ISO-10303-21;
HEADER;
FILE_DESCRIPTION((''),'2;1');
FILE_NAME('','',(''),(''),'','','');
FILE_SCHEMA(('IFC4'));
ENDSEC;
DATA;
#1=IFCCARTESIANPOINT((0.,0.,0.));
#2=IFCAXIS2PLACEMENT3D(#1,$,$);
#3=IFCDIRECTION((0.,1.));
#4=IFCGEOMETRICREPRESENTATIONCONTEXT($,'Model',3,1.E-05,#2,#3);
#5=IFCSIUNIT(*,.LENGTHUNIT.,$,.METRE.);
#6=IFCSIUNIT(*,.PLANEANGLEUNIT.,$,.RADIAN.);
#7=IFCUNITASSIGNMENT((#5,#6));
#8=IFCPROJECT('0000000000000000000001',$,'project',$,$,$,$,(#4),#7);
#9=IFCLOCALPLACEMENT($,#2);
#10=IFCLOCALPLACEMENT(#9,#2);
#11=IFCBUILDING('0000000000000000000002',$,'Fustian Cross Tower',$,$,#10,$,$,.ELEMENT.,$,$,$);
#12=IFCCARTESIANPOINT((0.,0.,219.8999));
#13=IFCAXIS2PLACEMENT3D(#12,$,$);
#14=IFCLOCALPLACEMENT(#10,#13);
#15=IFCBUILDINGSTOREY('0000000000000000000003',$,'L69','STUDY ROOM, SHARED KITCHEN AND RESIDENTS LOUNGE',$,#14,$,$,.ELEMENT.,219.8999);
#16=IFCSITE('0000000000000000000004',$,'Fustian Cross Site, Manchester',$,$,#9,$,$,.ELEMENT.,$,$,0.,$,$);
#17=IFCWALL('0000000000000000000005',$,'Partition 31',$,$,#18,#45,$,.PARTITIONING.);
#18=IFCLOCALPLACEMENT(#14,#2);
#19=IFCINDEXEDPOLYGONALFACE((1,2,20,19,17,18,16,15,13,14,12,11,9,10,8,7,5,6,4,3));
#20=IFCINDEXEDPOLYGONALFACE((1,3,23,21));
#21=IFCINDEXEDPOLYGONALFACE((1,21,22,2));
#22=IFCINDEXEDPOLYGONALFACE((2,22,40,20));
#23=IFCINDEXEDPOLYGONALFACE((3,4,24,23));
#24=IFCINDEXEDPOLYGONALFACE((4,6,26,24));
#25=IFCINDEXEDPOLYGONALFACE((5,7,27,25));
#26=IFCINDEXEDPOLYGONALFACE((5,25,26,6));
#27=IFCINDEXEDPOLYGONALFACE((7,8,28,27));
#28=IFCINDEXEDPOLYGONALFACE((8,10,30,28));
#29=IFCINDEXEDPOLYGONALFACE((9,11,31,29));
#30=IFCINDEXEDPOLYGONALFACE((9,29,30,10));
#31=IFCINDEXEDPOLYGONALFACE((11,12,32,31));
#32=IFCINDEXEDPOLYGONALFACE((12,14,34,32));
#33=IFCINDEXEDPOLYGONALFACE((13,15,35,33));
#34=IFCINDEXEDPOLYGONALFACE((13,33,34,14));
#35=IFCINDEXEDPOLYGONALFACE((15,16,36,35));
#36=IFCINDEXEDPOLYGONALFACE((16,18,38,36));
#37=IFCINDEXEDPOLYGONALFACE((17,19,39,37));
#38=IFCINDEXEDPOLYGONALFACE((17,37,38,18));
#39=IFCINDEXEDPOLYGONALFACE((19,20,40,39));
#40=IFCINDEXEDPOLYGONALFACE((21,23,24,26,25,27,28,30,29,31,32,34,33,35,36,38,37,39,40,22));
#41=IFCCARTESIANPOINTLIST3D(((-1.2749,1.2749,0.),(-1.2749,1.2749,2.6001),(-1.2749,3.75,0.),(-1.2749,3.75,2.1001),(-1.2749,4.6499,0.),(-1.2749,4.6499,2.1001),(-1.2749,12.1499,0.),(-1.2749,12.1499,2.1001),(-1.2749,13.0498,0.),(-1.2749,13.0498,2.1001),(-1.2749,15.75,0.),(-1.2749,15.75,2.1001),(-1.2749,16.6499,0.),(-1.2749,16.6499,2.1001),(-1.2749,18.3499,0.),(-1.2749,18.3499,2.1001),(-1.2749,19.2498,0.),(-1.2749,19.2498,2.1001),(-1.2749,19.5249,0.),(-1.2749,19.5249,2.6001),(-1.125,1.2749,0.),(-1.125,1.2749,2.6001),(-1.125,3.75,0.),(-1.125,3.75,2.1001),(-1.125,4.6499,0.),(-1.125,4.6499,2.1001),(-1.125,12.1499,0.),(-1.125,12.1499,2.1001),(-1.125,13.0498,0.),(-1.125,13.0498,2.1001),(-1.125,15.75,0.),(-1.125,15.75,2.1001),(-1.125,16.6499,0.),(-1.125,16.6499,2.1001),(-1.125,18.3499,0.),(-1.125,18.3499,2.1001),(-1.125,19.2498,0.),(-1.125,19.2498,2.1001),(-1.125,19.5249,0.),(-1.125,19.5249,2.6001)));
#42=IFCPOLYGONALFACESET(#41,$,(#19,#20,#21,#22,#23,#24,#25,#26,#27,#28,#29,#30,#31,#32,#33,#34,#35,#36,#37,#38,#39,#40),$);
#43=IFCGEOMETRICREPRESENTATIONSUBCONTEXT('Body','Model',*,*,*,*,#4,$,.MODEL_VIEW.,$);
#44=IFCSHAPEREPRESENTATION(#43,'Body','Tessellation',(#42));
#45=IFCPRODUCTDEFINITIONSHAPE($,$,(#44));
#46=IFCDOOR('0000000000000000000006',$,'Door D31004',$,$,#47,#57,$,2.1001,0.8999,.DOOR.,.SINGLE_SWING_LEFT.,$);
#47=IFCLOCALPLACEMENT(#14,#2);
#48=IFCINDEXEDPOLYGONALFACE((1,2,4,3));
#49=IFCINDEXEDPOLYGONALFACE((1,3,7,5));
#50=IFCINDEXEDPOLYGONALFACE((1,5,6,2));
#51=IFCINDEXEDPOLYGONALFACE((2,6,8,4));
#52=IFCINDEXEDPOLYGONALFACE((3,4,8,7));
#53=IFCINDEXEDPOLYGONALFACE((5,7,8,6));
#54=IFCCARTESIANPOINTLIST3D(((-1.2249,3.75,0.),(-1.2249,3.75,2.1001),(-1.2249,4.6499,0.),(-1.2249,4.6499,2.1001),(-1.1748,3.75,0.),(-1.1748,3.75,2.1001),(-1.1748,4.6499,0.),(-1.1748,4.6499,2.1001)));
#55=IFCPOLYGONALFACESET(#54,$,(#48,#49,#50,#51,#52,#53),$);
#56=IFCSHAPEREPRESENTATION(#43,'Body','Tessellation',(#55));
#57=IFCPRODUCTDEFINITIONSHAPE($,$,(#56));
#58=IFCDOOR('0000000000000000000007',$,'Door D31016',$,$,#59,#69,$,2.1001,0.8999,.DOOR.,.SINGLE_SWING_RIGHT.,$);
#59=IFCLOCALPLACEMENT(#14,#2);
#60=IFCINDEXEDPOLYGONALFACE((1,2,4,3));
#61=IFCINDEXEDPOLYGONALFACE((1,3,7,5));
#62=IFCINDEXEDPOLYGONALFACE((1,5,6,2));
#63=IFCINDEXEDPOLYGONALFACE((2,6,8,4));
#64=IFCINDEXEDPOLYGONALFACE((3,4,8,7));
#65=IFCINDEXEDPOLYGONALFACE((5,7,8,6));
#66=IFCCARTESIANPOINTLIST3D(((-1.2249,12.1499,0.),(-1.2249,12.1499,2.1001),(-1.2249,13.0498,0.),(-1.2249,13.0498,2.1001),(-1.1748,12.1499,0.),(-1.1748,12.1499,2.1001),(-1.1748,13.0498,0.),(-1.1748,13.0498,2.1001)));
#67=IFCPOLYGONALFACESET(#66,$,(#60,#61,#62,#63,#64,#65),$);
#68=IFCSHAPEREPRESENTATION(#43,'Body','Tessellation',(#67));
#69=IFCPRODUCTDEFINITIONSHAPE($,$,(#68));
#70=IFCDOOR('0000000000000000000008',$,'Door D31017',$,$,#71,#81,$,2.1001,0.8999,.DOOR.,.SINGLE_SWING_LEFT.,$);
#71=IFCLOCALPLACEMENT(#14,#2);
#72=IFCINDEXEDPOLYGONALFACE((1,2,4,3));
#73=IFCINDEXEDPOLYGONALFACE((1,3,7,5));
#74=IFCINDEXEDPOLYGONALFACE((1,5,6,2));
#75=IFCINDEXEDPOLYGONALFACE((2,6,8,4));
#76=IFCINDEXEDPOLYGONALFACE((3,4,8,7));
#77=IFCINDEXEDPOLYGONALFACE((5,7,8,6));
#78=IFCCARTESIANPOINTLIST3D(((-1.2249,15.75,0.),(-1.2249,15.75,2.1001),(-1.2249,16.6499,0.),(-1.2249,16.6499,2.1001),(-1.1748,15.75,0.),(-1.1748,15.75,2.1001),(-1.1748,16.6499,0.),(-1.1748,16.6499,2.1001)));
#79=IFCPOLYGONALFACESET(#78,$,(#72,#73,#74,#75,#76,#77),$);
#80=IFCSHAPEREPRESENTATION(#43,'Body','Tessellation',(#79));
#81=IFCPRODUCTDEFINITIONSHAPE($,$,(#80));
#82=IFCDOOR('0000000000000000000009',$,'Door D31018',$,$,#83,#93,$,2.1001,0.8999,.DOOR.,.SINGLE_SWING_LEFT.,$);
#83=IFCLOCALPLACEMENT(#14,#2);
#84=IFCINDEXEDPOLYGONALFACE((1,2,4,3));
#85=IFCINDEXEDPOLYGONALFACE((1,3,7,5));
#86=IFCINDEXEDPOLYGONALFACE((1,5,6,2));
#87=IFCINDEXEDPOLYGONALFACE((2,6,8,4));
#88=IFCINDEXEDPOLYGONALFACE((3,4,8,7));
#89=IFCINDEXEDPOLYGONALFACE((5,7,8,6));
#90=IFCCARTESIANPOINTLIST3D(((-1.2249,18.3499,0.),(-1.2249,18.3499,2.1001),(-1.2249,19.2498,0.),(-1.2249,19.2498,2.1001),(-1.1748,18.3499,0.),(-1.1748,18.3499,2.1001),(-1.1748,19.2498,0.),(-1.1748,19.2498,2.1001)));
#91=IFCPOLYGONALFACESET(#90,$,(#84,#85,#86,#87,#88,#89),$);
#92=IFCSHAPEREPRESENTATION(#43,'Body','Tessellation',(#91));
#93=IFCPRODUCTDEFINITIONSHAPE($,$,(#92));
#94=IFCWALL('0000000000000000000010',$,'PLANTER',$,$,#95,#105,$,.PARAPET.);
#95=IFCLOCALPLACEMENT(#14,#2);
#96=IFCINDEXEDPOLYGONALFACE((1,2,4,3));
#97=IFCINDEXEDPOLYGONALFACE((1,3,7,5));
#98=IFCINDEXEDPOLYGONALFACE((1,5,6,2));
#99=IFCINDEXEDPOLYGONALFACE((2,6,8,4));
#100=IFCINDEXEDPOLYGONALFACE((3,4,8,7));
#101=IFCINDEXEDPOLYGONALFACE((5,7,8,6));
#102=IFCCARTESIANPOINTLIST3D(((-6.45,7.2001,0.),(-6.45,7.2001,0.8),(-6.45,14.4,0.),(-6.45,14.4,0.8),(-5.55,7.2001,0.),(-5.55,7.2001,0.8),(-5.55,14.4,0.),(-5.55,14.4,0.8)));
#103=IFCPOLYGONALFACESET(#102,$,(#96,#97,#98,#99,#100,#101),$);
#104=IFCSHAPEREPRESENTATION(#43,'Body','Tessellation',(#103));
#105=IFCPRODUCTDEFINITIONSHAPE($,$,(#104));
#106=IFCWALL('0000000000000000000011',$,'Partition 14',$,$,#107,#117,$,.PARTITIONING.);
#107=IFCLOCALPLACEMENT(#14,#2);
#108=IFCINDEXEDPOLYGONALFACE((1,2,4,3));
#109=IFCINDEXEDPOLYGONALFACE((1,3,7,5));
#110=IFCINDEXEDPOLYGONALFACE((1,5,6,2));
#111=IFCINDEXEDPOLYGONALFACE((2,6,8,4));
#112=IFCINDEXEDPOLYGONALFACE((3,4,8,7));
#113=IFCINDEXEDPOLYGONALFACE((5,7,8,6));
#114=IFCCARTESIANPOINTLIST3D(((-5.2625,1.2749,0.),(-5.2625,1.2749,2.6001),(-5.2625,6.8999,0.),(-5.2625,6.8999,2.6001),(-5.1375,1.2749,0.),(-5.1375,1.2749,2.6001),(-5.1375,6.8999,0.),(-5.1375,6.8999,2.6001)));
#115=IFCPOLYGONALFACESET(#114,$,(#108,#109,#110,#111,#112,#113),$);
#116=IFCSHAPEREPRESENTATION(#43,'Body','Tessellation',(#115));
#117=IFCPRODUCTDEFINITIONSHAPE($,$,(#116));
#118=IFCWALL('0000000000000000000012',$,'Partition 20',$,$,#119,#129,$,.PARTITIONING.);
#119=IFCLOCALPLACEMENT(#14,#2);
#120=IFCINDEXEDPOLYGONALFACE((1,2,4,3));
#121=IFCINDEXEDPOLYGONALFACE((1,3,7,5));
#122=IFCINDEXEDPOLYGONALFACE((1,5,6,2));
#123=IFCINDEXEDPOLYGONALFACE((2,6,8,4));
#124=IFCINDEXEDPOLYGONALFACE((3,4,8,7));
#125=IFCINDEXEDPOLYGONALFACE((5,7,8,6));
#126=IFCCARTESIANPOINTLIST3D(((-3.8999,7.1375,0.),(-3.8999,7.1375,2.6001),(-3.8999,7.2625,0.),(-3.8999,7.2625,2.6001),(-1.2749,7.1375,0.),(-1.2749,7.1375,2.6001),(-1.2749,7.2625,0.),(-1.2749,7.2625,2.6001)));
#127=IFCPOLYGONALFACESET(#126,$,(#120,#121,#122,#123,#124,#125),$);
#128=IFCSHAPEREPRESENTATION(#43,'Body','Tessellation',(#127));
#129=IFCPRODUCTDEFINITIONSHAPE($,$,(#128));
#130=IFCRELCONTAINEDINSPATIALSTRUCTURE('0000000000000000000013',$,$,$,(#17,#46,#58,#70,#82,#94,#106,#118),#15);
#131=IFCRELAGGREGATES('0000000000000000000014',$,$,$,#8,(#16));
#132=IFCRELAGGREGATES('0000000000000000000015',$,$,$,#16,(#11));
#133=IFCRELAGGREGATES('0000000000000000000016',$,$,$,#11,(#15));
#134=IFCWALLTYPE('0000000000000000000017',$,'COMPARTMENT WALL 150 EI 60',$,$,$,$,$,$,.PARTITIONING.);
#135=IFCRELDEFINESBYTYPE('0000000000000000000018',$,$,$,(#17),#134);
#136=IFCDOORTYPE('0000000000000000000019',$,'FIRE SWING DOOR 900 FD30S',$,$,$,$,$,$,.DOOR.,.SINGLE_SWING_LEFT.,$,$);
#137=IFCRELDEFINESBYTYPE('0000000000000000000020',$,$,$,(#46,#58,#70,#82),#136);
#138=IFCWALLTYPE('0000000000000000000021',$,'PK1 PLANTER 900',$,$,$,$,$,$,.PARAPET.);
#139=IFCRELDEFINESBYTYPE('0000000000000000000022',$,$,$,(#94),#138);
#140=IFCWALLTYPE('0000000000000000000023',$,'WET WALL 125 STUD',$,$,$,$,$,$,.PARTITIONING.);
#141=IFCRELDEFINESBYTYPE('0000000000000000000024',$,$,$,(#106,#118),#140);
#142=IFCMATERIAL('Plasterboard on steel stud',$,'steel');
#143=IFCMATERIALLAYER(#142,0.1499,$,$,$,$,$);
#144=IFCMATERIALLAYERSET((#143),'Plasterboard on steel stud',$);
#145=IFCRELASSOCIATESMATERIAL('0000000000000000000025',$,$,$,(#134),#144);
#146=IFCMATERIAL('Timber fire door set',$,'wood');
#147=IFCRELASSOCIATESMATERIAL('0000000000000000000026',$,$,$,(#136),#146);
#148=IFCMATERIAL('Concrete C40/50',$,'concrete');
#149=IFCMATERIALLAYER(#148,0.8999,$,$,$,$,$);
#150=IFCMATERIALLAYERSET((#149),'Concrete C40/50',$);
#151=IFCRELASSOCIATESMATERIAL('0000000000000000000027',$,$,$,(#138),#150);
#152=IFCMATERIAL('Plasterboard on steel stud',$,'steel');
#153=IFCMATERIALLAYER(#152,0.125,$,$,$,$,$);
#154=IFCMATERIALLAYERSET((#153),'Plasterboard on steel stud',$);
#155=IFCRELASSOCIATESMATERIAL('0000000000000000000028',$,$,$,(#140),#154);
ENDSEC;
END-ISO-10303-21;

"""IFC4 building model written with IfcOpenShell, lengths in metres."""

from ifc_helpers import new_model, si_unit, direction, frame, frame_2d, origin, place, context, subcontext, project, spatial, rectangle, extrude, material, layer, layer_set, type_object, element, fill, save


model = new_model("IFC4")

# Units and contexts
model_context = context("Model", 3, precision=1e-05, world=origin(), true_north=direction((0.0, 1.0)))
body_context = subcontext(model_context, "Body", "Model", "MODEL_VIEW")
ifc_project = project(units=[si_unit("LENGTHUNIT", "METRE"), si_unit("PLANEANGLEUNIT", "RADIAN")], contexts=[model_context])

# Site, building, storey
site_placement = place(None, origin())
site = spatial("IfcSite", under=ifc_project, at=site_placement, Name="Fustian Cross Site, Manchester", CompositionType="ELEMENT", RefElevation=0.0)
building_placement = place(site_placement, origin())
building = spatial("IfcBuilding", under=site, at=building_placement, Name="Fustian Cross Tower", CompositionType="ELEMENT")
storey_placement = place(building_placement, frame((0.0, 0.0, 219.8999)))
storey = spatial("IfcBuildingStorey", under=building, at=storey_placement, Name="L69", Description="STUDY ROOM, SHARED KITCHEN AND RESIDENTS LOUNGE", CompositionType="ELEMENT", Elevation=219.8999)

# Wall, openings, doors
ifc_material_1 = material(Name="Plasterboard on steel stud", Category="steel")
ifc_layer_1 = layer(ifc_material_1, 0.1499)
ifc_layer_set_1 = layer_set([ifc_layer_1], Name="Plasterboard on steel stud")
wall_type_1 = type_object("IfcWallType", Name="COMPARTMENT WALL 150 EI 60", PredefinedType="PARTITIONING", material=ifc_layer_set_1)
wall_1_placement = place(storey_placement, frame((-1.2, 1.2749, 0.0), z_axis=(0.0, 0.0, 1.0), x_axis=(0.0, 1.0, 0.0)))
wall_1 = element("IfcWall", 1, at=wall_1_placement, inside=storey, type_object=wall_type_1, Name="Partition 31", PredefinedType="PARTITIONING", context=body_context, shape_type="SweptSolid", body=[
    extrude(rectangle(XDim=18.25, YDim=0.1499, at=frame_2d((9.125, 0.0))), origin(), (0.0, 0.0, 1.0), 2.6001),
])
opening_1_placement = place(wall_1_placement, frame((2.4751, 0.0, 0.0)))
opening_1 = element("IfcOpeningElement", 2, at=opening_1_placement, cuts=wall_1, PredefinedType="OPENING", context=body_context, shape_type="SweptSolid", body=[
    extrude(rectangle(XDim=0.8999, YDim=2.1001, at=frame_2d((0.45, 1.05))), frame((0.0, 0.085, 0.0), z_axis=(0.0, -1.0, 0.0), x_axis=(1.0, 0.0, 0.0)), (0.0, 0.0, 1.0), 0.1699),
])
opening_2_placement = place(wall_1_placement, frame((10.875, 0.0, 0.0)))
opening_2 = element("IfcOpeningElement", 3, at=opening_2_placement, cuts=wall_1, PredefinedType="OPENING", context=body_context, shape_type="SweptSolid", body=[
    extrude(rectangle(XDim=0.8999, YDim=2.1001, at=frame_2d((0.45, 1.05))), frame((0.0, 0.085, 0.0), z_axis=(0.0, -1.0, 0.0), x_axis=(1.0, 0.0, 0.0)), (0.0, 0.0, 1.0), 0.1699),
])
opening_3_placement = place(wall_1_placement, frame((14.4751, 0.0, 0.0)))
opening_3 = element("IfcOpeningElement", 4, at=opening_3_placement, cuts=wall_1, PredefinedType="OPENING", context=body_context, shape_type="SweptSolid", body=[
    extrude(rectangle(XDim=0.8999, YDim=2.1001, at=frame_2d((0.45, 1.05))), frame((0.0, 0.085, 0.0), z_axis=(0.0, -1.0, 0.0), x_axis=(1.0, 0.0, 0.0)), (0.0, 0.0, 1.0), 0.1699),
])
opening_4_placement = place(wall_1_placement, frame((17.075, 0.0, 0.0)))
opening_4 = element("IfcOpeningElement", 5, at=opening_4_placement, cuts=wall_1, PredefinedType="OPENING", context=body_context, shape_type="SweptSolid", body=[
    extrude(rectangle(XDim=0.8999, YDim=2.1001, at=frame_2d((0.45, 1.05))), frame((0.0, 0.085, 0.0), z_axis=(0.0, -1.0, 0.0), x_axis=(1.0, 0.0, 0.0)), (0.0, 0.0, 1.0), 0.1699),
])
ifc_material_2 = material(Name="Timber fire door set", Category="wood")
door_type_1 = type_object("IfcDoorType", Name="FIRE SWING DOOR 900 FD30S", OperationType="SINGLE_SWING_LEFT", PredefinedType="DOOR", material=ifc_material_2)
door_1_placement = place(opening_1_placement, origin())
door_1 = element("IfcDoor", 6, at=door_1_placement, inside=storey, type_object=door_type_1, Name="Door D31004", OperationType="SINGLE_SWING_LEFT", OverallHeight=2.1001, OverallWidth=0.8999, PredefinedType="DOOR", context=body_context, shape_type="SweptSolid", body=[
    extrude(rectangle(XDim=0.8999, YDim=2.1001, at=frame_2d((0.45, 1.05))), frame((0.0, 0.0249, 0.0), z_axis=(0.0, -1.0, 0.0), x_axis=(1.0, 0.0, 0.0)), (0.0, 0.0, 1.0), 0.05),
])
fill(opening_1, door_1)
door_2_placement = place(opening_2_placement, origin())
door_2 = element("IfcDoor", 7, at=door_2_placement, inside=storey, type_object=door_type_1, Name="Door D31016", OperationType="SINGLE_SWING_RIGHT", OverallHeight=2.1001, OverallWidth=0.8999, PredefinedType="DOOR", context=body_context, shape_type="SweptSolid", body=[
    extrude(rectangle(XDim=0.8999, YDim=2.1001, at=frame_2d((0.45, 1.05))), frame((0.0, 0.0249, 0.0), z_axis=(0.0, -1.0, 0.0), x_axis=(1.0, 0.0, 0.0)), (0.0, 0.0, 1.0), 0.05),
])
fill(opening_2, door_2)
door_3_placement = place(opening_3_placement, origin())
door_3 = element("IfcDoor", 8, at=door_3_placement, inside=storey, type_object=door_type_1, Name="Door D31017", OperationType="SINGLE_SWING_LEFT", OverallHeight=2.1001, OverallWidth=0.8999, PredefinedType="DOOR", context=body_context, shape_type="SweptSolid", body=[
    extrude(rectangle(XDim=0.8999, YDim=2.1001, at=frame_2d((0.45, 1.05))), frame((0.0, 0.0249, 0.0), z_axis=(0.0, -1.0, 0.0), x_axis=(1.0, 0.0, 0.0)), (0.0, 0.0, 1.0), 0.05),
])
fill(opening_3, door_3)
door_4_placement = place(opening_4_placement, origin())
door_4 = element("IfcDoor", 9, at=door_4_placement, inside=storey, type_object=door_type_1, Name="Door D31018", OperationType="SINGLE_SWING_LEFT", OverallHeight=2.1001, OverallWidth=0.8999, PredefinedType="DOOR", context=body_context, shape_type="SweptSolid", body=[
    extrude(rectangle(XDim=0.8999, YDim=2.1001, at=frame_2d((0.45, 1.05))), frame((0.0, 0.0249, 0.0), z_axis=(0.0, -1.0, 0.0), x_axis=(1.0, 0.0, 0.0)), (0.0, 0.0, 1.0), 0.05),
])
fill(opening_4, door_4)

# Walls
ifc_material_3 = material(Name="Concrete C40/50", Category="concrete")
ifc_layer_2 = layer(ifc_material_3, 0.8999)
ifc_layer_set_2 = layer_set([ifc_layer_2], Name="Concrete C40/50")
wall_type_2 = type_object("IfcWallType", Name="PK1 PLANTER 900", PredefinedType="PARAPET", material=ifc_layer_set_2)
wall_2_placement = place(storey_placement, frame((-6.0, 7.2, 0.0), z_axis=(0.0, 0.0, 1.0), x_axis=(0.0, 1.0, 0.0)))
element("IfcWall", 10, at=wall_2_placement, inside=storey, type_object=wall_type_2, Name="PLANTER", PredefinedType="PARAPET", context=body_context, shape_type="SweptSolid", body=[
    extrude(rectangle(XDim=7.2, YDim=0.8999, at=frame_2d((3.6001, 0.0))), origin(), (0.0, 0.0, 1.0), 0.8),
])
ifc_material_4 = material(Name="Plasterboard on steel stud", Category="steel")
ifc_layer_3 = layer(ifc_material_4, 0.125)
ifc_layer_set_3 = layer_set([ifc_layer_3], Name="Plasterboard on steel stud")
wall_type_3 = type_object("IfcWallType", Name="WET WALL 125 STUD", PredefinedType="PARTITIONING", material=ifc_layer_set_3)
wall_3_placement = place(storey_placement, frame((-5.2, 1.2749, 0.0), z_axis=(0.0, 0.0, 1.0), x_axis=(0.0, 1.0, 0.0)))
element("IfcWall", 11, at=wall_3_placement, inside=storey, type_object=wall_type_3, Name="Partition 14", PredefinedType="PARTITIONING", context=body_context, shape_type="SweptSolid", body=[
    extrude(rectangle(XDim=5.625, YDim=0.125, at=frame_2d((2.8125, 0.0))), origin(), (0.0, 0.0, 1.0), 2.6001),
])
wall_4_placement = place(storey_placement, frame((-3.8999, 7.2, 0.0), z_axis=(0.0, 0.0, 1.0), x_axis=(1.0, 0.0, 0.0)))
element("IfcWall", 12, at=wall_4_placement, inside=storey, type_object=wall_type_3, Name="Partition 20", PredefinedType="PARTITIONING", context=body_context, shape_type="SweptSolid", body=[
    extrude(rectangle(XDim=2.625, YDim=0.125, at=frame_2d((1.3125, 0.0))), origin(), (0.0, 0.0, 1.0), 2.6001),
])

save(model, "model.ifc")
